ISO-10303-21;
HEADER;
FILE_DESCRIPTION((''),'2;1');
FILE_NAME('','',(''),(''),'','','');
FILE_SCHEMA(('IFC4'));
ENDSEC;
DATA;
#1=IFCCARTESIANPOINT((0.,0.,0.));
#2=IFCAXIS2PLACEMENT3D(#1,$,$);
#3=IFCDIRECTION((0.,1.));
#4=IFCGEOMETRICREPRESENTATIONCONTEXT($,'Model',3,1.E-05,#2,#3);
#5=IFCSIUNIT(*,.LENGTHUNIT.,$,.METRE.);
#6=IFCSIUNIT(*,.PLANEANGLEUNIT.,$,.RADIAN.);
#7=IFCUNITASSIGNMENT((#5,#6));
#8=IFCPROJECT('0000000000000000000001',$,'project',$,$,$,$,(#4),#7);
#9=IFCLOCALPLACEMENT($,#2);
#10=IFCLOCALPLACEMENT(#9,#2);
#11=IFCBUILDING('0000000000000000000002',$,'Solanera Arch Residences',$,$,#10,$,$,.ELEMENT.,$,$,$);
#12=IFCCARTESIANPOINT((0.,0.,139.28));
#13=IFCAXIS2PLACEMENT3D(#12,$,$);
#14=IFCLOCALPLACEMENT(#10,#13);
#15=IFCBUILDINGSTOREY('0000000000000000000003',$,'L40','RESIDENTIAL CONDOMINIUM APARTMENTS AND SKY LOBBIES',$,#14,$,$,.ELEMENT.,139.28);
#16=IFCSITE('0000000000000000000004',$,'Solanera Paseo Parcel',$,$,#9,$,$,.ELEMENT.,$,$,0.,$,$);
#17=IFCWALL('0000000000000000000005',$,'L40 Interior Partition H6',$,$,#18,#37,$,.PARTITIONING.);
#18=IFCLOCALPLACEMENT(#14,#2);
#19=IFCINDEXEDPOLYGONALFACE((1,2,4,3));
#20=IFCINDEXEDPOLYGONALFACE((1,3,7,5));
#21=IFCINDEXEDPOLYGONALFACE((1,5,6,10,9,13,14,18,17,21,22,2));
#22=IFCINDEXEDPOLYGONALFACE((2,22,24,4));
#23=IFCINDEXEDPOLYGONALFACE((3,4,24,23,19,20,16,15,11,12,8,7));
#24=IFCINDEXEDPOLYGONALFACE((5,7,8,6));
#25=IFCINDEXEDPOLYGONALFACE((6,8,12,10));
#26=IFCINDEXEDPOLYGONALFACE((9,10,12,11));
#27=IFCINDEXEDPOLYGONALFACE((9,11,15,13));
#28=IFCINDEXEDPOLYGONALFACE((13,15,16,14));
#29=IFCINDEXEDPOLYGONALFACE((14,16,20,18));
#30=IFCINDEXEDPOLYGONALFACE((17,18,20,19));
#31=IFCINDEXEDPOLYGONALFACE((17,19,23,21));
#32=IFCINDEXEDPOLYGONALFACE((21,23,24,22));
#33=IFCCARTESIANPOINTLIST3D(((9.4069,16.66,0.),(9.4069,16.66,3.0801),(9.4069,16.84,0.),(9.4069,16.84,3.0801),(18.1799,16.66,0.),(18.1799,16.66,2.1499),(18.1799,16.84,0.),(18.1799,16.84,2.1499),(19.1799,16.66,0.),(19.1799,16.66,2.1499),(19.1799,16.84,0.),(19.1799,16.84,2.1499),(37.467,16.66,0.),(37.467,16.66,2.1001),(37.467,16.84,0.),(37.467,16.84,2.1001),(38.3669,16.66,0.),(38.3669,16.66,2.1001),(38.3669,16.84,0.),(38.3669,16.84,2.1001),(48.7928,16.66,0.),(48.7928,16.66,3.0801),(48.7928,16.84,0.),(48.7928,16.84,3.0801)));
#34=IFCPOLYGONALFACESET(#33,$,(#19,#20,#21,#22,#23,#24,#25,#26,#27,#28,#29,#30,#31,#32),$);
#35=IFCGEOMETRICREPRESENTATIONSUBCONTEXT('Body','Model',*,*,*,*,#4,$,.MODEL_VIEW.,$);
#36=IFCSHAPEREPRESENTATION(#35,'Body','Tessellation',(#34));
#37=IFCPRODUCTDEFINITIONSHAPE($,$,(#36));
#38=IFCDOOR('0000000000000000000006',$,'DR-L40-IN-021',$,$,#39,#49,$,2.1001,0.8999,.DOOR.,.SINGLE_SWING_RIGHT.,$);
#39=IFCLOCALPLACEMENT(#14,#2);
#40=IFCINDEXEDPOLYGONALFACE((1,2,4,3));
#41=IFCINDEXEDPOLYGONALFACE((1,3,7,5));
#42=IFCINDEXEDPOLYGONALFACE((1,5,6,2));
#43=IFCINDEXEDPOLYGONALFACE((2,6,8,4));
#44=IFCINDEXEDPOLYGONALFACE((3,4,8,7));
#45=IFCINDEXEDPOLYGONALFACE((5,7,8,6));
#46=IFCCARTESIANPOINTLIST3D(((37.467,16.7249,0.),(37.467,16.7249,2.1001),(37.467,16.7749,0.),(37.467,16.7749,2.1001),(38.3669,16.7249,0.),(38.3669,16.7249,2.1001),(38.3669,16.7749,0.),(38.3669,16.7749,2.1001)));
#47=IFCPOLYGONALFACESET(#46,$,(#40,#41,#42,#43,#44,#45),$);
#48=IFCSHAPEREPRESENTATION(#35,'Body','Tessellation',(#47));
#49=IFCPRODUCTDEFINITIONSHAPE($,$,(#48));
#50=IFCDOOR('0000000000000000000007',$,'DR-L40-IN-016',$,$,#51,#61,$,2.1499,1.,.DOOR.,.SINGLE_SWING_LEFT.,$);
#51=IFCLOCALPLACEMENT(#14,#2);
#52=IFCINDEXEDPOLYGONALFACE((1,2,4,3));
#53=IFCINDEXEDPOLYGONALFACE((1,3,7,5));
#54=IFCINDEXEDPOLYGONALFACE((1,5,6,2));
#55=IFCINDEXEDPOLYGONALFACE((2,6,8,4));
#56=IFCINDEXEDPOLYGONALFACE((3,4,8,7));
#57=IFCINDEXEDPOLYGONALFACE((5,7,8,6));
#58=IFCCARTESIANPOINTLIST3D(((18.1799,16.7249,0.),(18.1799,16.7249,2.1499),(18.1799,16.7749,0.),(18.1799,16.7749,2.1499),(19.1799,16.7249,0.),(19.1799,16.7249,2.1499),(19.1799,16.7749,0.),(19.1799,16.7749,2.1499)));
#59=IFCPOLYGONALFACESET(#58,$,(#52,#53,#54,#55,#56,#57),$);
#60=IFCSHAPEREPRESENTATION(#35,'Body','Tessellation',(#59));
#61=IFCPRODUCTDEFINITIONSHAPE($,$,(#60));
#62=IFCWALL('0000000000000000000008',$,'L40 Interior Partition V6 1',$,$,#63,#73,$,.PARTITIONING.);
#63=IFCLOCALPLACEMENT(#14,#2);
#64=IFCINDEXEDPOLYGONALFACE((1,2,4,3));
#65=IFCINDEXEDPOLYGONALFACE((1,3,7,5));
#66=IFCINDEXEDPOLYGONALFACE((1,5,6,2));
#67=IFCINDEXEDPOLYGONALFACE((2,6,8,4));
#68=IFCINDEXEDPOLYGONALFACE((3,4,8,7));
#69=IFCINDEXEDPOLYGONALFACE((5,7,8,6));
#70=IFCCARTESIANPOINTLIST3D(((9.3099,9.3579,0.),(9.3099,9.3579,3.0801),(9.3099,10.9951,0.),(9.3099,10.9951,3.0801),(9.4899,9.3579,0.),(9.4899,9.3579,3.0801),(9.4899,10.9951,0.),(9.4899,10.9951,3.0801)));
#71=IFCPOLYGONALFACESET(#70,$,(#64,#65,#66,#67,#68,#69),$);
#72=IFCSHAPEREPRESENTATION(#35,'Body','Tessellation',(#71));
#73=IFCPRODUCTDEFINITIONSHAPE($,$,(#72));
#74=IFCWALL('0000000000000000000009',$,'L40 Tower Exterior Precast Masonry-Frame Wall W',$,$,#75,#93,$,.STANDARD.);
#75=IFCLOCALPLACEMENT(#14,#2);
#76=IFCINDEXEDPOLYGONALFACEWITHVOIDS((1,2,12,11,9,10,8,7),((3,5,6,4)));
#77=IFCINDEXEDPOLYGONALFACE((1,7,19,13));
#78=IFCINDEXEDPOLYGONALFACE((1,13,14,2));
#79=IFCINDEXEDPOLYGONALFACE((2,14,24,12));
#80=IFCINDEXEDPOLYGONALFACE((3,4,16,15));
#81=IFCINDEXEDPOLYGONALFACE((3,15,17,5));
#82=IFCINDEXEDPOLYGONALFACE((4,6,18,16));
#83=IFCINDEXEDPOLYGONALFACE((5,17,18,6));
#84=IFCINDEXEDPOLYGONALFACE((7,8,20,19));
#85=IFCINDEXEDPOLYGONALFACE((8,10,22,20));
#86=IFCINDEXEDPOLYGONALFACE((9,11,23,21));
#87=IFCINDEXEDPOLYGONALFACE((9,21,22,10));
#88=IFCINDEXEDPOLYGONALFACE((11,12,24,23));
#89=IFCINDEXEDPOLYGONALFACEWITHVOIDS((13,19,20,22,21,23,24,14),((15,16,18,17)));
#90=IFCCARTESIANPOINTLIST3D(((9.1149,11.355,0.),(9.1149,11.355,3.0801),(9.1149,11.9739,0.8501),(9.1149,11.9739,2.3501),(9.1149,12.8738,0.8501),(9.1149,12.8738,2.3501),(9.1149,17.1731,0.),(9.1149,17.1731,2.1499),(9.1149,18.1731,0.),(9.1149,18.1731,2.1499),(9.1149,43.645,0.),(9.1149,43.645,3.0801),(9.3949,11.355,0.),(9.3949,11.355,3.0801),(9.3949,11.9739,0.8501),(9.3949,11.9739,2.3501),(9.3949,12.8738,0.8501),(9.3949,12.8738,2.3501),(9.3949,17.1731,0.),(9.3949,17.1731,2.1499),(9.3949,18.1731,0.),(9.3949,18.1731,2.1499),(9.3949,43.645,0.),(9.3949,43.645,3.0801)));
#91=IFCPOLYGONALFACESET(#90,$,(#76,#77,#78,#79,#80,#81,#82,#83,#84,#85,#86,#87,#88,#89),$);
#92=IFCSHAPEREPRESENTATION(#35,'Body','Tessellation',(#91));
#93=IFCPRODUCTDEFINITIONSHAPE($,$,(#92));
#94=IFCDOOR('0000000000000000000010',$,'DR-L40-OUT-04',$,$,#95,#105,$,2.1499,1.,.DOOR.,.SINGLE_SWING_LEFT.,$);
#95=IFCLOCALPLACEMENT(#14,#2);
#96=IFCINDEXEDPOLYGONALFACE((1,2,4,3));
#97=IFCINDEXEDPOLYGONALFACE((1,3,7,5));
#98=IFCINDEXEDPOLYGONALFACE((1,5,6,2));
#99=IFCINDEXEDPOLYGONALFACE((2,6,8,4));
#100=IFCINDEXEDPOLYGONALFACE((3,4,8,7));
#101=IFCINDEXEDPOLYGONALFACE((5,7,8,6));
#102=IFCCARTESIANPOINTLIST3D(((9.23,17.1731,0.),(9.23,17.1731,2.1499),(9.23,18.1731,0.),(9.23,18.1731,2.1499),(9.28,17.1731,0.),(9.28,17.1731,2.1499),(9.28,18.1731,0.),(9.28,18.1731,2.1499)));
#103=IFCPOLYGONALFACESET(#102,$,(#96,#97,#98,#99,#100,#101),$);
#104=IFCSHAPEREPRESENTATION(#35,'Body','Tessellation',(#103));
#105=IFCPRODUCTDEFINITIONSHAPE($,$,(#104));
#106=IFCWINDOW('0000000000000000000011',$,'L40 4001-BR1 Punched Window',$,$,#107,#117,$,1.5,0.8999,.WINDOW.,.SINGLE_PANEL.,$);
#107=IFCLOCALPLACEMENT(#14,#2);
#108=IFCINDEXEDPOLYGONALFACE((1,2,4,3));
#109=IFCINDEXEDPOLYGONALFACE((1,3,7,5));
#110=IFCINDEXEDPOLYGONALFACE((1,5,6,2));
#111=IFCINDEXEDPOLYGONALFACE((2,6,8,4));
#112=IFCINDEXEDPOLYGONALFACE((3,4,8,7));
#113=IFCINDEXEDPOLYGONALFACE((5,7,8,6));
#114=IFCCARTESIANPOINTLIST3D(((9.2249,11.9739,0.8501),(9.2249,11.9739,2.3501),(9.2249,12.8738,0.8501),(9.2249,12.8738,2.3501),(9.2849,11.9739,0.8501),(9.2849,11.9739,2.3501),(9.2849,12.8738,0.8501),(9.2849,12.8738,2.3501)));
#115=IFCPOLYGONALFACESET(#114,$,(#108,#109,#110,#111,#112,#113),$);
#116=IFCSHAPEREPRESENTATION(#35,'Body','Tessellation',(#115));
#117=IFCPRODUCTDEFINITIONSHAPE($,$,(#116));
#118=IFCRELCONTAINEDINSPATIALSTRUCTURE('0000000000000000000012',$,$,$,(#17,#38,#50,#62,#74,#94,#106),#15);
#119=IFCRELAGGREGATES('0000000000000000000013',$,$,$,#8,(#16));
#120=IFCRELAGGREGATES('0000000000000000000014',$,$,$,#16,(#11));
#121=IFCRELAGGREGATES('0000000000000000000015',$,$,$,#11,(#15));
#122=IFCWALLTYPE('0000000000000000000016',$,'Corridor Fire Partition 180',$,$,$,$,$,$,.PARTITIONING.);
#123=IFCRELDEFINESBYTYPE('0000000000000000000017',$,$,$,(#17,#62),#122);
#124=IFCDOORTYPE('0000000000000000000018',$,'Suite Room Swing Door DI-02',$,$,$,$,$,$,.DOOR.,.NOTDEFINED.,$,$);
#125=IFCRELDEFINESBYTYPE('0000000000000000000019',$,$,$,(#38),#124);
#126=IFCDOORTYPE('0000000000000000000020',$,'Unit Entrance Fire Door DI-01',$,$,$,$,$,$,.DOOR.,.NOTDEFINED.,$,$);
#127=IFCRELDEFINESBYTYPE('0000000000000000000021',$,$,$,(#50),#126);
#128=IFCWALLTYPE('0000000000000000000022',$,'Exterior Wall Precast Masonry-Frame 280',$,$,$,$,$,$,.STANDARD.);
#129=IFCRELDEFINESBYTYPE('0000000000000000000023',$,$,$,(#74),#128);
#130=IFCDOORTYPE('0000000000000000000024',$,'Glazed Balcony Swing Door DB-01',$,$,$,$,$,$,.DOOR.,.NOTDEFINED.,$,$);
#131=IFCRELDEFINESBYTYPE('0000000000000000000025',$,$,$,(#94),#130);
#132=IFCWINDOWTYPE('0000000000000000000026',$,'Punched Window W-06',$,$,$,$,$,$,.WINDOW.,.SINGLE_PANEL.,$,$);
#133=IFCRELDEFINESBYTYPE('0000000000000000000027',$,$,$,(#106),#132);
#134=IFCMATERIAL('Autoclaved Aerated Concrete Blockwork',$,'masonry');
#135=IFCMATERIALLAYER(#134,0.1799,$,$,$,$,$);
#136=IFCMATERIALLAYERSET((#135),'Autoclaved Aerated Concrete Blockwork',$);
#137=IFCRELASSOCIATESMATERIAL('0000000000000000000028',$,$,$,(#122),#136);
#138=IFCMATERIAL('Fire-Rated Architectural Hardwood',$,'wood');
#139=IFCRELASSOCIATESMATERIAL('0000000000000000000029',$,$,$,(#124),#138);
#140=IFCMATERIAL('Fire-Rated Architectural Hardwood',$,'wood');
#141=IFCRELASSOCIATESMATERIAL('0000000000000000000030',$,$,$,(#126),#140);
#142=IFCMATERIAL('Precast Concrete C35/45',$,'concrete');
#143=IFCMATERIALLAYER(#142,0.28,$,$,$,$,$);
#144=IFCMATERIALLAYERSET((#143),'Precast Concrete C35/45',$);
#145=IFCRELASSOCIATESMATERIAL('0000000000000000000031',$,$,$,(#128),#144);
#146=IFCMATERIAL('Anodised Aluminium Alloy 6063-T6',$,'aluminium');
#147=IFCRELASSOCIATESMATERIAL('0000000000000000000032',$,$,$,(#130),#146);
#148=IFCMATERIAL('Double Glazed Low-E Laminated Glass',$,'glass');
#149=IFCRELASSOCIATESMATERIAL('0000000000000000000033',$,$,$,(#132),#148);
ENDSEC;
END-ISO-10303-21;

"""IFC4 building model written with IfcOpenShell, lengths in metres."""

from ifc_helpers import new_model, si_unit, direction, frame, frame_2d, origin, place, context, subcontext, project, spatial, rectangle, extrude, material, layer, layer_set, type_object, element, fill, save


model = new_model("IFC4")

# Units and contexts
model_context = context("Model", 3, precision=1e-05, world=origin(), true_north=direction((0.0, 1.0)))
body_context = subcontext(model_context, "Body", "Model", "MODEL_VIEW")
ifc_project = project(units=[si_unit("LENGTHUNIT", "METRE"), si_unit("PLANEANGLEUNIT", "RADIAN")], contexts=[model_context])

# Site, building, storey
site_placement = place(None, origin())
site = spatial("IfcSite", under=ifc_project, at=site_placement, Name="Solanera Paseo Parcel", CompositionType="ELEMENT", RefElevation=0.0)
building_placement = place(site_placement, origin())
building = spatial("IfcBuilding", under=site, at=building_placement, Name="Solanera Arch Residences", CompositionType="ELEMENT")
storey_placement = place(building_placement, frame((0.0, 0.0, 139.28)))
storey = spatial("IfcBuildingStorey", under=building, at=storey_placement, Name="L40", Description="RESIDENTIAL CONDOMINIUM APARTMENTS AND SKY LOBBIES", CompositionType="ELEMENT", Elevation=139.28)

# Wall, openings, doors
ifc_material_1 = material(Name="Autoclaved Aerated Concrete Blockwork", Category="masonry")
ifc_layer_1 = layer(ifc_material_1, 0.1799)
ifc_layer_set_1 = layer_set([ifc_layer_1], Name="Autoclaved Aerated Concrete Blockwork")
wall_type_1 = type_object("IfcWallType", Name="Corridor Fire Partition 180", PredefinedType="PARTITIONING", material=ifc_layer_set_1)
wall_1_placement = place(storey_placement, frame((9.407, 16.75, 0.0), z_axis=(0.0, 0.0, 1.0), x_axis=(1.0, 0.0, 0.0)))
wall_1 = element("IfcWall", 1, at=wall_1_placement, inside=storey, type_object=wall_type_1, Name="L40 Interior Partition H6", PredefinedType="PARTITIONING", context=body_context, shape_type="SweptSolid", body=[
    extrude(rectangle(XDim=39.386, YDim=0.1799, at=frame_2d((19.6929, 0.0))), origin(), (0.0, 0.0, 1.0), 3.0801),
])
opening_1_placement = place(wall_1_placement, frame((8.7729, 0.0, 0.0)))
opening_1 = element("IfcOpeningElement", 2, at=opening_1_placement, cuts=wall_1, PredefinedType="OPENING", context=body_context, shape_type="SweptSolid", body=[
    extrude(rectangle(XDim=1.0, YDim=2.1499, at=frame_2d((0.5, 1.075))), frame((0.0, 0.1001, 0.0), z_axis=(0.0, -1.0, 0.0), x_axis=(1.0, 0.0, 0.0)), (0.0, 0.0, 1.0), 0.1999),
])
opening_2_placement = place(wall_1_placement, frame((28.0601, 0.0, 0.0)))
opening_2 = element("IfcOpeningElement", 3, at=opening_2_placement, cuts=wall_1, PredefinedType="OPENING", context=body_context, shape_type="SweptSolid", body=[
    extrude(rectangle(XDim=0.8999, YDim=2.1001, at=frame_2d((0.45, 1.05))), frame((0.0, 0.1001, 0.0), z_axis=(0.0, -1.0, 0.0), x_axis=(1.0, 0.0, 0.0)), (0.0, 0.0, 1.0), 0.1999),
])
ifc_material_2 = material(Name="Fire-Rated Architectural Hardwood", Category="wood")
door_type_1 = type_object("IfcDoorType", Name="Suite Room Swing Door DI-02", OperationType="NOTDEFINED", PredefinedType="DOOR", material=ifc_material_2)
door_1_placement = place(opening_2_placement, origin())
door_1 = element("IfcDoor", 4, at=door_1_placement, inside=storey, type_object=door_type_1, Name="DR-L40-IN-021", OperationType="SINGLE_SWING_RIGHT", OverallHeight=2.1001, OverallWidth=0.8999, PredefinedType="DOOR", context=body_context, shape_type="SweptSolid", body=[
    extrude(rectangle(XDim=0.8999, YDim=2.1001, at=frame_2d((0.45, 1.05))), frame((0.0, 0.0249, 0.0), z_axis=(0.0, -1.0, 0.0), x_axis=(1.0, 0.0, 0.0)), (0.0, 0.0, 1.0), 0.05),
])
fill(opening_2, door_1)
ifc_material_3 = material(Name="Fire-Rated Architectural Hardwood", Category="wood")
door_type_2 = type_object("IfcDoorType", Name="Unit Entrance Fire Door DI-01", OperationType="NOTDEFINED", PredefinedType="DOOR", material=ifc_material_3)
door_2_placement = place(opening_1_placement, origin())
door_2 = element("IfcDoor", 5, at=door_2_placement, inside=storey, type_object=door_type_2, Name="DR-L40-IN-016", OperationType="SINGLE_SWING_LEFT", OverallHeight=2.1499, OverallWidth=1.0, PredefinedType="DOOR", context=body_context, shape_type="SweptSolid", body=[
    extrude(rectangle(XDim=1.0, YDim=2.1499, at=frame_2d((0.5, 1.075))), frame((0.0, 0.0249, 0.0), z_axis=(0.0, -1.0, 0.0), x_axis=(1.0, 0.0, 0.0)), (0.0, 0.0, 1.0), 0.05),
])
fill(opening_1, door_2)

# Wall
wall_2_placement = place(storey_placement, frame((9.3999, 9.3579, 0.0), z_axis=(0.0, 0.0, 1.0), x_axis=(0.0, 1.0, 0.0)))
element("IfcWall", 6, at=wall_2_placement, inside=storey, type_object=wall_type_1, Name="L40 Interior Partition V6 1", PredefinedType="PARTITIONING", context=body_context, shape_type="SweptSolid", body=[
    extrude(rectangle(XDim=1.6372, YDim=0.1799, at=frame_2d((0.8186, 0.0))), origin(), (0.0, 0.0, 1.0), 3.0801),
])

# Wall, openings, door, window
ifc_material_4 = material(Name="Precast Concrete C35/45", Category="concrete")
ifc_layer_2 = layer(ifc_material_4, 0.28)
ifc_layer_set_2 = layer_set([ifc_layer_2], Name="Precast Concrete C35/45")
wall_type_2 = type_object("IfcWallType", Name="Exterior Wall Precast Masonry-Frame 280", PredefinedType="STANDARD", material=ifc_layer_set_2)
wall_3_placement = place(storey_placement, frame((9.2549, 11.355, 0.0), z_axis=(0.0, 0.0, 1.0), x_axis=(0.0, 1.0, 0.0)))
wall_3 = element("IfcWall", 7, at=wall_3_placement, inside=storey, type_object=wall_type_2, Name="L40 Tower Exterior Precast Masonry-Frame Wall W", PredefinedType="STANDARD", context=body_context, shape_type="SweptSolid", body=[
    extrude(rectangle(XDim=32.29, YDim=0.28, at=frame_2d((16.145, 0.0))), origin(), (0.0, 0.0, 1.0), 3.0801),
])
opening_3_placement = place(wall_3_placement, frame((5.8181, 0.0, 0.0)))
opening_3 = element("IfcOpeningElement", 8, at=opening_3_placement, cuts=wall_3, PredefinedType="OPENING", context=body_context, shape_type="SweptSolid", body=[
    extrude(rectangle(XDim=1.0, YDim=2.1499, at=frame_2d((0.5, 1.075))), frame((0.0, 0.1499, 0.0), z_axis=(0.0, -1.0, 0.0), x_axis=(1.0, 0.0, 0.0)), (0.0, 0.0, 1.0), 0.3),
])
opening_4_placement = place(wall_3_placement, frame((0.6189, 0.0, 0.8501)))
opening_4 = element("IfcOpeningElement", 9, at=opening_4_placement, cuts=wall_3, PredefinedType="OPENING", context=body_context, shape_type="SweptSolid", body=[
    extrude(rectangle(XDim=0.8999, YDim=1.5, at=frame_2d((0.45, 0.75))), frame((0.0, 0.1499, 0.0), z_axis=(0.0, -1.0, 0.0), x_axis=(1.0, 0.0, 0.0)), (0.0, 0.0, 1.0), 0.3),
])
ifc_material_5 = material(Name="Anodised Aluminium Alloy 6063-T6", Category="aluminium")
door_type_3 = type_object("IfcDoorType", Name="Glazed Balcony Swing Door DB-01", OperationType="NOTDEFINED", PredefinedType="DOOR", material=ifc_material_5)
door_3_placement = place(opening_3_placement, origin())
door_3 = element("IfcDoor", 10, at=door_3_placement, inside=storey, type_object=door_type_3, Name="DR-L40-OUT-04", OperationType="SINGLE_SWING_LEFT", OverallHeight=2.1499, OverallWidth=1.0, PredefinedType="DOOR", context=body_context, shape_type="SweptSolid", body=[
    extrude(rectangle(XDim=1.0, YDim=2.1499, at=frame_2d((0.5, 1.075))), frame((0.0, 0.0249, 0.0), z_axis=(0.0, -1.0, 0.0), x_axis=(1.0, 0.0, 0.0)), (0.0, 0.0, 1.0), 0.05),
])
fill(opening_3, door_3)
ifc_material_6 = material(Name="Double Glazed Low-E Laminated Glass", Category="glass")
window_type = type_object("IfcWindowType", Name="Punched Window W-06", PartitioningType="SINGLE_PANEL", PredefinedType="WINDOW", material=ifc_material_6)
window_placement = place(opening_4_placement, origin())
window = element("IfcWindow", 11, at=window_placement, inside=storey, type_object=window_type, Name="L40 4001-BR1 Punched Window", OverallHeight=1.5, OverallWidth=0.8999, PartitioningType="SINGLE_PANEL", PredefinedType="WINDOW", context=body_context, shape_type="SweptSolid", body=[
    extrude(rectangle(XDim=0.8999, YDim=1.5, at=frame_2d((0.45, 0.75))), frame((0.0, 0.03, 0.0), z_axis=(0.0, -1.0, 0.0), x_axis=(1.0, 0.0, 0.0)), (0.0, 0.0, 1.0), 0.0601),
])
fill(opening_4, window)

save(model, "model.ifc")
